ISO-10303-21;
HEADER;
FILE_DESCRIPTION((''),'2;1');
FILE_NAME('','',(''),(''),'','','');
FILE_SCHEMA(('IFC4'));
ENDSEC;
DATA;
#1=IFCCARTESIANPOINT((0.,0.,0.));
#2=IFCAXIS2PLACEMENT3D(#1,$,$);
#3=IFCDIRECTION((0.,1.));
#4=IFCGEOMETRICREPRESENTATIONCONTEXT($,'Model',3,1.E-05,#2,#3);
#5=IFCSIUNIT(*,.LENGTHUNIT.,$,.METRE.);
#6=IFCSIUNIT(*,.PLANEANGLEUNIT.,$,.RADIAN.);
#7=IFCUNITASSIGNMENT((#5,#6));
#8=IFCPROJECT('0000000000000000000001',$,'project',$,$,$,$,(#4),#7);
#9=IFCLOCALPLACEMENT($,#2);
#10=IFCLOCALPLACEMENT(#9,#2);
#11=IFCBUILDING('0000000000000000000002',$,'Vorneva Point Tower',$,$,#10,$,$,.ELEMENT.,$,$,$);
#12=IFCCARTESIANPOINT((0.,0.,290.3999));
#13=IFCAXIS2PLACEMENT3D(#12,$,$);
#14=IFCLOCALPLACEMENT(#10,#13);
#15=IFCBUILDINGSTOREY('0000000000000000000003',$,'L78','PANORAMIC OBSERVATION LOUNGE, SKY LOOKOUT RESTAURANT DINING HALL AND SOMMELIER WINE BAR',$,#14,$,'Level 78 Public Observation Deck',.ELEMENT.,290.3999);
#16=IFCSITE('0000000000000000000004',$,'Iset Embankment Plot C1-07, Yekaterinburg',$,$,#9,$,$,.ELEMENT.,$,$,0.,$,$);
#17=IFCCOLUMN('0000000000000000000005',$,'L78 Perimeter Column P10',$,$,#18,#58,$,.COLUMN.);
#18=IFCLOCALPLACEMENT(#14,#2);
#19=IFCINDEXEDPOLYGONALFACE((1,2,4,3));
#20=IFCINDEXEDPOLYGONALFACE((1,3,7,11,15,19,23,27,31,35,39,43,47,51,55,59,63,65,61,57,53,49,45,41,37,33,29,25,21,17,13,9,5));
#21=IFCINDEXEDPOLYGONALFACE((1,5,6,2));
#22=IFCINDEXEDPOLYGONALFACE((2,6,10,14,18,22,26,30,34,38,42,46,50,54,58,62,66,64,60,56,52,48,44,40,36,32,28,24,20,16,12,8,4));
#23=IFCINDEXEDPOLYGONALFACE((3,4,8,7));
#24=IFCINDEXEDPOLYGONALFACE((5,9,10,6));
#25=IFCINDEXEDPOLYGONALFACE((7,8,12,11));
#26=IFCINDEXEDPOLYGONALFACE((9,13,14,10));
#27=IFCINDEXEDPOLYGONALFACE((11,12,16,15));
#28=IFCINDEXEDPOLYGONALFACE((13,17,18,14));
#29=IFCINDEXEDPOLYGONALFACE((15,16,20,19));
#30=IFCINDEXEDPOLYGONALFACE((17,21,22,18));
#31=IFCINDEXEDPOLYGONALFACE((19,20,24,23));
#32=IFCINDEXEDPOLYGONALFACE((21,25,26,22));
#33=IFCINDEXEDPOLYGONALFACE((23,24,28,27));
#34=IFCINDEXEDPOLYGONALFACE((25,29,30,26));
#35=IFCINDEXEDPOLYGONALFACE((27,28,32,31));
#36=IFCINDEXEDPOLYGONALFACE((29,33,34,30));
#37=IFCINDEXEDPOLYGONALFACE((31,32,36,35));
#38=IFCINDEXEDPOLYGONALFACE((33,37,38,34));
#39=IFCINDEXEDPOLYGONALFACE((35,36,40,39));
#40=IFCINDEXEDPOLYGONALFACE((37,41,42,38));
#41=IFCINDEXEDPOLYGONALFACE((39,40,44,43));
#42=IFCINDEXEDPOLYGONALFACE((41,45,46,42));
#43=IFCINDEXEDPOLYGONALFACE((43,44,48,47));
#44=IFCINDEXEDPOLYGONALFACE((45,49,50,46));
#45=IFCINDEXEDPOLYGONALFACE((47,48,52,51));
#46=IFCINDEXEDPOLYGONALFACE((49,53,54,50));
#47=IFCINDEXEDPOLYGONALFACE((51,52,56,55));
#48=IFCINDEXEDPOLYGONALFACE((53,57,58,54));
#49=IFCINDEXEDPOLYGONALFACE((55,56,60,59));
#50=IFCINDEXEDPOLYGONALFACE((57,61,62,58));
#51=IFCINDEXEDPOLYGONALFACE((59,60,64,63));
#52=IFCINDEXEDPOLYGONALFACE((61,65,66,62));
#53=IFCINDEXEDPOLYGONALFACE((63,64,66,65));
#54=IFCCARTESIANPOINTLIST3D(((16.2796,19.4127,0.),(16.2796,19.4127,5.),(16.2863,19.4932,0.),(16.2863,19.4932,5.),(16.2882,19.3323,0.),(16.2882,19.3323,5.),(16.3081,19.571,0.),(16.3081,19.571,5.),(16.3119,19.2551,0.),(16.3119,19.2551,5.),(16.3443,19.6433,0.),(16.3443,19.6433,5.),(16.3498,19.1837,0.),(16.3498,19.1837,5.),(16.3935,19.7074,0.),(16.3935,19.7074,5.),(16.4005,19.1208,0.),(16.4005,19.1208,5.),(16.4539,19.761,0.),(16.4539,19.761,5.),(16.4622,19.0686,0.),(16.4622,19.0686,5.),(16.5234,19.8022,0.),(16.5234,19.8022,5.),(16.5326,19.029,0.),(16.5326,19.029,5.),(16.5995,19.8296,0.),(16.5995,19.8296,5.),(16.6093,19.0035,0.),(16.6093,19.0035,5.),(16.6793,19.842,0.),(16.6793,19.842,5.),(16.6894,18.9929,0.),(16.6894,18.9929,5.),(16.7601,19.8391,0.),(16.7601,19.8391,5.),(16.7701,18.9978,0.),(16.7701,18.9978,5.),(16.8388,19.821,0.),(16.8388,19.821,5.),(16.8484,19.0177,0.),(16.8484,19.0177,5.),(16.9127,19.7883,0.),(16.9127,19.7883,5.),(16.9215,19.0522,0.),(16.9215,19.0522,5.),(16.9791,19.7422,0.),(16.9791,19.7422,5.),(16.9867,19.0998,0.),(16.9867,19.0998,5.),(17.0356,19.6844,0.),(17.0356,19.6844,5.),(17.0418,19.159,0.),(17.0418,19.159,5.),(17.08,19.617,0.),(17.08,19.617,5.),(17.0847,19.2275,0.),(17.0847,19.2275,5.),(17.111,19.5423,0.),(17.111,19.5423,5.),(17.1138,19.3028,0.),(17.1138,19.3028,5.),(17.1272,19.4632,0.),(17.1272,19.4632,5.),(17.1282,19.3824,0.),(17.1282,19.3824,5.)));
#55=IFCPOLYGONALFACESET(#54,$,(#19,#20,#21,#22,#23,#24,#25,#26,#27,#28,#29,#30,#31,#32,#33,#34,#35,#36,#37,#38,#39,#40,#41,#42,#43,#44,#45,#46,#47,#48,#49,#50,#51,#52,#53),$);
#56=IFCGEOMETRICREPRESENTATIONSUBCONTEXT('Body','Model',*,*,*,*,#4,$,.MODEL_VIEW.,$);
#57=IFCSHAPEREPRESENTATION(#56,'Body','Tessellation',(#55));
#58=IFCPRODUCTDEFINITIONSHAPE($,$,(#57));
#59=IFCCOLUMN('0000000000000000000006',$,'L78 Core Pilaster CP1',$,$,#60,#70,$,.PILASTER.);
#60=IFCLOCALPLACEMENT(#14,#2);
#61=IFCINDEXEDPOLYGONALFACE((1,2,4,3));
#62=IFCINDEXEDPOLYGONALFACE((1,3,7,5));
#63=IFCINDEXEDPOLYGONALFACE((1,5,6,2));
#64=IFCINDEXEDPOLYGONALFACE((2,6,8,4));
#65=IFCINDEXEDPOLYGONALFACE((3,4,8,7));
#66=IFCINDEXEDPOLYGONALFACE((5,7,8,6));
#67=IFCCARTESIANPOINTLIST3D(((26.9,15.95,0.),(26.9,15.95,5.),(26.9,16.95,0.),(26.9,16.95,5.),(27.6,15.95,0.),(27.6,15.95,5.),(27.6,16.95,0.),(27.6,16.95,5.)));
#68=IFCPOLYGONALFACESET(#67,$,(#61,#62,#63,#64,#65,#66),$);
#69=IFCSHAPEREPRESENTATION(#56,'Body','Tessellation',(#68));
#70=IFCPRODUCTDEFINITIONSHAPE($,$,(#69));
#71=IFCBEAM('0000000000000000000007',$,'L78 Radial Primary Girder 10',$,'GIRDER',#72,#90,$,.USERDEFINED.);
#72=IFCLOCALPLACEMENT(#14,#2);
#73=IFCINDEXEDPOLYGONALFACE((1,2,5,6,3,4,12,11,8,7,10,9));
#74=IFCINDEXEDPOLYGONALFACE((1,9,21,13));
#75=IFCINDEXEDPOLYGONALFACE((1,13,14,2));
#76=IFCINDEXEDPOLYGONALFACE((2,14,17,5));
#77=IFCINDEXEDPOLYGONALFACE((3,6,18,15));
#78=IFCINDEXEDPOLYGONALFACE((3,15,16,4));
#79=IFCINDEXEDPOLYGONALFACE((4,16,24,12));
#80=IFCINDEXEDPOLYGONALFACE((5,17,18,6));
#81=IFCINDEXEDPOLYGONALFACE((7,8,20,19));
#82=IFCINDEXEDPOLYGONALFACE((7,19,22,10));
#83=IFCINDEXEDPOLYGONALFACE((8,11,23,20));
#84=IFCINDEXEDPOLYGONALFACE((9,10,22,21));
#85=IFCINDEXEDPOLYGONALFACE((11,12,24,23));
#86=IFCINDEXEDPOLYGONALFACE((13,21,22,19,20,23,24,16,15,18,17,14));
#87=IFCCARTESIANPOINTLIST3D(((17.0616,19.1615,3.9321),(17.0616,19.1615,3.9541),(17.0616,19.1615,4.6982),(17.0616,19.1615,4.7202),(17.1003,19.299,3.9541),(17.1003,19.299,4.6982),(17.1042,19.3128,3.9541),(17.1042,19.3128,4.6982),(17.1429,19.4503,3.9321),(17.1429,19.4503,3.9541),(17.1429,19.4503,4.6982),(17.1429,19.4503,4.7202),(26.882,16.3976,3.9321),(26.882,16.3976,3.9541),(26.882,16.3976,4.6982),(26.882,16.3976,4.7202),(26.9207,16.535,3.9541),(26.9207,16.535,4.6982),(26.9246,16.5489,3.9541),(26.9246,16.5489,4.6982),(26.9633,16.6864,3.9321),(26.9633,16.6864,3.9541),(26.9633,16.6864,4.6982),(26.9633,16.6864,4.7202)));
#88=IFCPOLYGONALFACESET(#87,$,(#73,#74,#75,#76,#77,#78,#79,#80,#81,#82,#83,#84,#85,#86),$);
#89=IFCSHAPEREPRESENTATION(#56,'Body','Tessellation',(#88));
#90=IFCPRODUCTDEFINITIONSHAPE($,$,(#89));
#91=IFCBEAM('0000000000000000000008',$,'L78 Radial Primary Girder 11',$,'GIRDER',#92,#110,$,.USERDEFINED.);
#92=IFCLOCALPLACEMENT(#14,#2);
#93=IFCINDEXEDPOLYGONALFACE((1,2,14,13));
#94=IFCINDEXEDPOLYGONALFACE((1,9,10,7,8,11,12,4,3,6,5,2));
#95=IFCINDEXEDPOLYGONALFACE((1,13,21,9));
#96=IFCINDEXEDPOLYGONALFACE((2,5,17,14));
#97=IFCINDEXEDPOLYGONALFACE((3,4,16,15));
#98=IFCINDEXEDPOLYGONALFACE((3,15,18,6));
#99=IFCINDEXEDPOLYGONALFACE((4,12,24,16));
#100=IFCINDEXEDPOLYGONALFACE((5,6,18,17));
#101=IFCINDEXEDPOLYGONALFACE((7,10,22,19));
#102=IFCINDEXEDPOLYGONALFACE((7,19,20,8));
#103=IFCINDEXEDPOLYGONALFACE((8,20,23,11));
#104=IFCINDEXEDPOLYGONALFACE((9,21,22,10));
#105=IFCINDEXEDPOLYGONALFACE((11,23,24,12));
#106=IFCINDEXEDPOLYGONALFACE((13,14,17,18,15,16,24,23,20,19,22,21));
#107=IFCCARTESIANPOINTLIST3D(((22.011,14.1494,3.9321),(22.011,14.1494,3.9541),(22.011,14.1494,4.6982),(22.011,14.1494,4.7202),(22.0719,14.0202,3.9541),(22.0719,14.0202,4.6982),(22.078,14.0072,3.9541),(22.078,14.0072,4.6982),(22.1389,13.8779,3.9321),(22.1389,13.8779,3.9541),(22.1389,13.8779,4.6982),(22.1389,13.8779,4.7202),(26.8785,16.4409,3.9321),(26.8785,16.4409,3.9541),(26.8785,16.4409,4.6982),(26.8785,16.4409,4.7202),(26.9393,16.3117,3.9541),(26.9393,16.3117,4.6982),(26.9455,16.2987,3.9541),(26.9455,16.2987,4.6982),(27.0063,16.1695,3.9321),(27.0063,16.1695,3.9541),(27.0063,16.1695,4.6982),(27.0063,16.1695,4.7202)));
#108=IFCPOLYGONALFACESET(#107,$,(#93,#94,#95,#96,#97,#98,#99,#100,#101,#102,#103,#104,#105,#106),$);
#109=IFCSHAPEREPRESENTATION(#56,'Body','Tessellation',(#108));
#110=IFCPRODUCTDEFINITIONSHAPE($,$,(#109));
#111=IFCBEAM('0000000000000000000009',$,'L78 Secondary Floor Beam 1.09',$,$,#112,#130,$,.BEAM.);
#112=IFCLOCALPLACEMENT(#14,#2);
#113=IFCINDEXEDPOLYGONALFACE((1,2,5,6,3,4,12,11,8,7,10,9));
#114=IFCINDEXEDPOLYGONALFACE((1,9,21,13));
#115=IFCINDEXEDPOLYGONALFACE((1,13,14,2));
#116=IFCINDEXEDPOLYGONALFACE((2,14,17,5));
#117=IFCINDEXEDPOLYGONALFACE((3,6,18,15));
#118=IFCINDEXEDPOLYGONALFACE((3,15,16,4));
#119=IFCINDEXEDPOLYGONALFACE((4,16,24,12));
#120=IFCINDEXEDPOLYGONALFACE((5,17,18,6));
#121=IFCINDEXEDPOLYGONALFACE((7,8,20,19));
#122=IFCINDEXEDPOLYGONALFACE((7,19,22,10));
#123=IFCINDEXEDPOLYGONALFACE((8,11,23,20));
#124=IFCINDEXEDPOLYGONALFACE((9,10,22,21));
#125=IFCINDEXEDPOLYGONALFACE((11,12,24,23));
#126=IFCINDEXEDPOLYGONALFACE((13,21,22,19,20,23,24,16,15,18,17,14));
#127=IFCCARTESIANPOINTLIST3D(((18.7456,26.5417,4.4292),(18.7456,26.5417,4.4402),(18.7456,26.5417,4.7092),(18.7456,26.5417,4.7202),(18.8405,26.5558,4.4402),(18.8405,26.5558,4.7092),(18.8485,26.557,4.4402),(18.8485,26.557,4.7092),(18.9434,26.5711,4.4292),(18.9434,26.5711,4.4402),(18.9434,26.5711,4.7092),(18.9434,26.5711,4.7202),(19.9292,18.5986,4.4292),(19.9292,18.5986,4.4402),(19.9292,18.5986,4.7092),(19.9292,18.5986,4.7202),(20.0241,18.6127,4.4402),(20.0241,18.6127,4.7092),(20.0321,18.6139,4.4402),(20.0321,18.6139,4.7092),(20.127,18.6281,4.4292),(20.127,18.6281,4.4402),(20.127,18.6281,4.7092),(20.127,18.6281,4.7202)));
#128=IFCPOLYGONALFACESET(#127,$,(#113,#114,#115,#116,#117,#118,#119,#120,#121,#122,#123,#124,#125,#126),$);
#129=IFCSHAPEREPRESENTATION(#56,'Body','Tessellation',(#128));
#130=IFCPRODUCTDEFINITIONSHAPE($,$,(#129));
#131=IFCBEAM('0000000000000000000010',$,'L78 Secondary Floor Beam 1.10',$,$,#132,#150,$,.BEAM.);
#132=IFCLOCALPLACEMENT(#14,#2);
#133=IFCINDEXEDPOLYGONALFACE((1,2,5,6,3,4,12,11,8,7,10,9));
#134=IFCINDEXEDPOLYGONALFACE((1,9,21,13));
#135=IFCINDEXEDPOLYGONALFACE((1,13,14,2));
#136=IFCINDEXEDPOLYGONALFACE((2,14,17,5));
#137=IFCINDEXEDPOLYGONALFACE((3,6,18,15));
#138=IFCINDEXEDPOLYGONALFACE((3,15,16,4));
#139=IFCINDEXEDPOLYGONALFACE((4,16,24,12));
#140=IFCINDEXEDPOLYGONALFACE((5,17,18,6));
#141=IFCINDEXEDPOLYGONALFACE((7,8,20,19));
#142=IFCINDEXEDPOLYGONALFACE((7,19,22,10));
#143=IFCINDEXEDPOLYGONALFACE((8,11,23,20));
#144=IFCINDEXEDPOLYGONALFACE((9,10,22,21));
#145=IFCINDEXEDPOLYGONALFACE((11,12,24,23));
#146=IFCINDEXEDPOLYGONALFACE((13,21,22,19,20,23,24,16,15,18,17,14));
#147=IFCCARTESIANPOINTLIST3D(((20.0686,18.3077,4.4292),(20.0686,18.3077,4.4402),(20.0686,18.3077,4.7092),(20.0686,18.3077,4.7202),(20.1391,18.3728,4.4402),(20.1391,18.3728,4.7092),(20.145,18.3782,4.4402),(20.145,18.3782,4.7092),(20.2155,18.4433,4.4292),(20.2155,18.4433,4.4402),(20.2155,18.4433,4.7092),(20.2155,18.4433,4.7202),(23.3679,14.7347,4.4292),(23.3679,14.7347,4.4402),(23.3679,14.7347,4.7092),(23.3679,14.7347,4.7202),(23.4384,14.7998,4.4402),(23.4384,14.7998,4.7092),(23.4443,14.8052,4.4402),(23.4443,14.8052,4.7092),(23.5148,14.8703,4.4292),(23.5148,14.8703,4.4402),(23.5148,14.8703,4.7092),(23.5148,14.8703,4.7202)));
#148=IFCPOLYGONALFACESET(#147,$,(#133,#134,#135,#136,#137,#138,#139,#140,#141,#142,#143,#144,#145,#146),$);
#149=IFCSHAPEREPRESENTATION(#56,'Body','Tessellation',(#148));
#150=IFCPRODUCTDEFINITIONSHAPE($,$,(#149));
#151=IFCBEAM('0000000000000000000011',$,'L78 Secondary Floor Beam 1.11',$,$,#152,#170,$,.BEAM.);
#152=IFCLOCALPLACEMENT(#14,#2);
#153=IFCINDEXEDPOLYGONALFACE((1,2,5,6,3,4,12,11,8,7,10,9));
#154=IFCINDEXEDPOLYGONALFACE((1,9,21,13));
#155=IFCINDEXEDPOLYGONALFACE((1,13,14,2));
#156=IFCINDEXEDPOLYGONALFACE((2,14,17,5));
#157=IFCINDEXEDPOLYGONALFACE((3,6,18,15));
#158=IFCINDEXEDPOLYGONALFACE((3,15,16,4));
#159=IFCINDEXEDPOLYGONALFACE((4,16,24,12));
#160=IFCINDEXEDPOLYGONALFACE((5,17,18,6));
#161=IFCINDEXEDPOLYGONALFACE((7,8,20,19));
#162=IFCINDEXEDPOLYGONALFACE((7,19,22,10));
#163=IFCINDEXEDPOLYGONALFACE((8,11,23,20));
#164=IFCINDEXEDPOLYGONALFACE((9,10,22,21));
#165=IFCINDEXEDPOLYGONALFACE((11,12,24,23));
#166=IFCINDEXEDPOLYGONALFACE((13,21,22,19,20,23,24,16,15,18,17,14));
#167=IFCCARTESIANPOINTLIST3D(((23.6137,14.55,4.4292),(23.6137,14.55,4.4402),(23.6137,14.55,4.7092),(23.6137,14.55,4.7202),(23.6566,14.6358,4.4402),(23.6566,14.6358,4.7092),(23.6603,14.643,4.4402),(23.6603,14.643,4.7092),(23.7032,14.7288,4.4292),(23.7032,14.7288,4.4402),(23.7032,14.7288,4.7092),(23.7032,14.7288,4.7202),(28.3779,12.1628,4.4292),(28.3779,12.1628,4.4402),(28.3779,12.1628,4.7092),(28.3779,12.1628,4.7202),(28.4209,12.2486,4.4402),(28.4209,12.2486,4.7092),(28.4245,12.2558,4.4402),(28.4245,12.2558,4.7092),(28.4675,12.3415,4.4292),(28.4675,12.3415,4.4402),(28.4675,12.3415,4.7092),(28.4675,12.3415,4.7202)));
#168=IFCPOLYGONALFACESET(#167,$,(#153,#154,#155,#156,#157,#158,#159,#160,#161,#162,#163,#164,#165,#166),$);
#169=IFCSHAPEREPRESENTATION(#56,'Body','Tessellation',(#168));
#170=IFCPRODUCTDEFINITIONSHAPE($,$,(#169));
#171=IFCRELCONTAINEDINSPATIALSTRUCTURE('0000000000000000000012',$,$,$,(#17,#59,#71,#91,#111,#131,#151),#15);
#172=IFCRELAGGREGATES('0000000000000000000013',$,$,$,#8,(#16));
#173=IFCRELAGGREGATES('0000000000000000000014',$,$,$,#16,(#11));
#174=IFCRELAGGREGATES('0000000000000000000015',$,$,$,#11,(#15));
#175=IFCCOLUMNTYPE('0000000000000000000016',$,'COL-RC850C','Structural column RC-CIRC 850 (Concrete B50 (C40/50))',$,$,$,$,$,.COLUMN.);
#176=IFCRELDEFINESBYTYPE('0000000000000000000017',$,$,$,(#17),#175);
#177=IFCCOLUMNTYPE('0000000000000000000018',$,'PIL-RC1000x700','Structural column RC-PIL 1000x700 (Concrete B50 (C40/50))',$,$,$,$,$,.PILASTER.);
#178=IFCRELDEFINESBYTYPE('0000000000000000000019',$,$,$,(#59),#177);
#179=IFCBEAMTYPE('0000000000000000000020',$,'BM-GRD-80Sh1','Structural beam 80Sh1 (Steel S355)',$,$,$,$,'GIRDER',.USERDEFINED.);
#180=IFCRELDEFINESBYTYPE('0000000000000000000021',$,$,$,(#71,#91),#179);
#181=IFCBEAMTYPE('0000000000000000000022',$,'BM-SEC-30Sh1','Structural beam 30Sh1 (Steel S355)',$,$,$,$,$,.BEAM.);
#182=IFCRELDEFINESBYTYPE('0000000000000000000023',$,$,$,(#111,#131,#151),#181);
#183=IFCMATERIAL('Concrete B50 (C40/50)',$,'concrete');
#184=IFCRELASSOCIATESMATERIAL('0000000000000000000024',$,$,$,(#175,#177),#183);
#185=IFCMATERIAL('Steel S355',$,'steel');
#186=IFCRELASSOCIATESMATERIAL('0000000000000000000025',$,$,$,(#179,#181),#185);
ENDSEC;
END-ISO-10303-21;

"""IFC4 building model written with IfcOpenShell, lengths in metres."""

from ifc_helpers import new_model, si_unit, direction, frame, origin, origin_2d, place, context, subcontext, project, spatial, rectangle, circle, i_section, extrude, material, material_profile, profile_set, type_object, element, save


model = new_model("IFC4")

# Units and contexts
model_context = context("Model", 3, precision=1e-05, world=origin(), true_north=direction((0.0, 1.0)))
body_context = subcontext(model_context, "Body", "Model", "MODEL_VIEW")
ifc_project = project(units=[si_unit("LENGTHUNIT", "METRE"), si_unit("PLANEANGLEUNIT", "RADIAN")], contexts=[model_context])

# Site, building, storey
site_placement = place(None, origin())
site = spatial("IfcSite", under=ifc_project, at=site_placement, Name="Iset Embankment Plot C1-07, Yekaterinburg", CompositionType="ELEMENT", RefElevation=0.0)
building_placement = place(site_placement, origin())
building = spatial("IfcBuilding", under=site, at=building_placement, Name="Vorneva Point Tower", CompositionType="ELEMENT")
storey_placement = place(building_placement, frame((0.0, 0.0, 290.3999)))
storey = spatial("IfcBuildingStorey", under=building, at=storey_placement, Name="L78", Description="PANORAMIC OBSERVATION LOUNGE, SKY LOOKOUT RESTAURANT DINING HALL AND SOMMELIER WINE BAR", LongName="Level 78 Public Observation Deck", CompositionType="ELEMENT", Elevation=290.3999)

# Columns
ifc_material_1 = material(Name="Concrete B50 (C40/50)", Category="concrete")
ifc_material_profile_1 = material_profile(ifc_material_1, circle(Radius=0.425, at=origin_2d()), Name="RC-CIRC 850")
ifc_profile_set_1 = profile_set([ifc_material_profile_1], Name="Concrete B50 (C40/50)")
column_type_1 = type_object("IfcColumnType", Name="COL-RC850C", Description="Structural column RC-CIRC 850 (Concrete B50 (C40/50))", PredefinedType="COLUMN", material=ifc_profile_set_1)
for number, where, z_axis, x_axis, name in (
    (1, (16.7046, 19.4177, 0.0), (0.0, 0.0, 1.0), (-0.92388, -0.382683, 0.0), "L78 Perimeter Column P10"),
):
    element("IfcColumn", number, at=place(storey_placement, frame(where, z_axis=z_axis, x_axis=x_axis)), inside=storey, type_object=column_type_1, Name=name, PredefinedType="COLUMN", context=body_context, shape_type="SweptSolid", body=[
        extrude(circle(Radius=0.425, at=origin_2d()), origin(), (0.0, 0.0, 1.0), 5.0),
    ])
ifc_material_profile_2 = material_profile(ifc_material_1, rectangle(XDim=0.7, YDim=1.0, at=origin_2d()), Name="RC-PIL 1000x700")
ifc_profile_set_2 = profile_set([ifc_material_profile_2], Name="Concrete B50 (C40/50)")
column_type_2 = type_object("IfcColumnType", Name="PIL-RC1000x700", Description="Structural column RC-PIL 1000x700 (Concrete B50 (C40/50))", PredefinedType="PILASTER", material=ifc_profile_set_2)
column_placement = place(storey_placement, frame((27.25, 16.45, 0.0), z_axis=(0.0, 0.0, 1.0), x_axis=(1.0, 0.0, 0.0)))
element("IfcColumn", 2, at=column_placement, inside=storey, type_object=column_type_2, Name="L78 Core Pilaster CP1", PredefinedType="PILASTER", context=body_context, shape_type="SweptSolid", body=[
    extrude(rectangle(XDim=0.7, YDim=1.0, at=origin_2d()), origin(), (0.0, 0.0, 1.0), 5.0),
])

# Beams
ifc_material_2 = material(Name="Steel S355", Category="steel")
ifc_material_profile_3 = material_profile(ifc_material_2, i_section(OverallWidth=0.3, OverallDepth=0.7881, WebThickness=0.0144, FlangeThickness=0.022, at=origin_2d()), Name="80Sh1")
ifc_profile_set_3 = profile_set([ifc_material_profile_3], Name="Steel S355")
beam_type_1 = type_object("IfcBeamType", Name="BM-GRD-80Sh1", Description="Structural beam 80Sh1 (Steel S355)", ElementType="GIRDER", PredefinedType="USERDEFINED", material=ifc_profile_set_3)
beam_1_placement = place(storey_placement, frame((17.1023, 19.3059, 4.3262), z_axis=(0.962601, -0.270923, 0.0), x_axis=(0.270923, 0.962601, 0.0)))
element("IfcBeam", 3, at=beam_1_placement, inside=storey, type_object=beam_type_1, Name="L78 Radial Primary Girder 10", ObjectType="GIRDER", PredefinedType="USERDEFINED", context=body_context, shape_type="SweptSolid", body=[
    extrude(i_section(OverallWidth=0.3, OverallDepth=0.7881, WebThickness=0.0144, FlangeThickness=0.022, at=origin_2d()), origin(), (0.0, 0.0, 1.0), 10.2019),
])
beam_2_placement = place(storey_placement, frame((22.075, 14.0137, 4.3262), z_axis=(0.904751, 0.425941, 0.0), x_axis=(-0.425941, 0.904751, 0.0)))
element("IfcBeam", 4, at=beam_2_placement, inside=storey, type_object=beam_type_1, Name="L78 Radial Primary Girder 11", ObjectType="GIRDER", PredefinedType="USERDEFINED", context=body_context, shape_type="SweptSolid", body=[
    extrude(i_section(OverallWidth=0.3, OverallDepth=0.7881, WebThickness=0.0144, FlangeThickness=0.022, at=origin_2d()), origin(), (0.0, 0.0, 1.0), 5.3799),
])
ifc_material_profile_4 = material_profile(ifc_material_2, i_section(OverallWidth=0.2, OverallDepth=0.291, WebThickness=0.0081, FlangeThickness=0.011, at=origin_2d()), Name="30Sh1")
ifc_profile_set_4 = profile_set([ifc_material_profile_4], Name="Steel S355")
beam_type_2 = type_object("IfcBeamType", Name="BM-SEC-30Sh1", Description="Structural beam 30Sh1 (Steel S355)", PredefinedType="BEAM", material=ifc_profile_set_4)
beam_3_placement = place(storey_placement, frame((18.8445, 26.5564, 4.5747), z_axis=(0.147382, -0.98908, 0.0), x_axis=(0.98908, 0.147382, 0.0)))
element("IfcBeam", 5, at=beam_3_placement, inside=storey, type_object=beam_type_2, Name="L78 Secondary Floor Beam 1.09", PredefinedType="BEAM", context=body_context, shape_type="SweptSolid", body=[
    extrude(i_section(OverallWidth=0.2, OverallDepth=0.291, WebThickness=0.0081, FlangeThickness=0.011, at=origin_2d()), origin(), (0.0, 0.0, 1.0), 8.0308),
])
beam_4_placement = place(storey_placement, frame((20.1421, 18.3755, 4.5747), z_axis=(0.678409, -0.734684, 0.0), x_axis=(0.734684, 0.678409, 0.0)))
element("IfcBeam", 6, at=beam_4_placement, inside=storey, type_object=beam_type_2, Name="L78 Secondary Floor Beam 1.10", PredefinedType="BEAM", context=body_context, shape_type="SweptSolid", body=[
    extrude(i_section(OverallWidth=0.2, OverallDepth=0.291, WebThickness=0.0081, FlangeThickness=0.011, at=origin_2d()), origin(), (0.0, 0.0, 1.0), 4.8633),
])
beam_5_placement = place(storey_placement, frame((23.6584, 14.6394, 4.5747), z_axis=(0.894042, -0.447983, 0.0), x_axis=(0.447983, 0.894042, 0.0)))
element("IfcBeam", 7, at=beam_5_placement, inside=storey, type_object=beam_type_2, Name="L78 Secondary Floor Beam 1.11", PredefinedType="BEAM", context=body_context, shape_type="SweptSolid", body=[
    extrude(i_section(OverallWidth=0.2, OverallDepth=0.291, WebThickness=0.0081, FlangeThickness=0.011, at=origin_2d()), origin(), (0.0, 0.0, 1.0), 5.3289),
])

save(model, "model.ifc")
